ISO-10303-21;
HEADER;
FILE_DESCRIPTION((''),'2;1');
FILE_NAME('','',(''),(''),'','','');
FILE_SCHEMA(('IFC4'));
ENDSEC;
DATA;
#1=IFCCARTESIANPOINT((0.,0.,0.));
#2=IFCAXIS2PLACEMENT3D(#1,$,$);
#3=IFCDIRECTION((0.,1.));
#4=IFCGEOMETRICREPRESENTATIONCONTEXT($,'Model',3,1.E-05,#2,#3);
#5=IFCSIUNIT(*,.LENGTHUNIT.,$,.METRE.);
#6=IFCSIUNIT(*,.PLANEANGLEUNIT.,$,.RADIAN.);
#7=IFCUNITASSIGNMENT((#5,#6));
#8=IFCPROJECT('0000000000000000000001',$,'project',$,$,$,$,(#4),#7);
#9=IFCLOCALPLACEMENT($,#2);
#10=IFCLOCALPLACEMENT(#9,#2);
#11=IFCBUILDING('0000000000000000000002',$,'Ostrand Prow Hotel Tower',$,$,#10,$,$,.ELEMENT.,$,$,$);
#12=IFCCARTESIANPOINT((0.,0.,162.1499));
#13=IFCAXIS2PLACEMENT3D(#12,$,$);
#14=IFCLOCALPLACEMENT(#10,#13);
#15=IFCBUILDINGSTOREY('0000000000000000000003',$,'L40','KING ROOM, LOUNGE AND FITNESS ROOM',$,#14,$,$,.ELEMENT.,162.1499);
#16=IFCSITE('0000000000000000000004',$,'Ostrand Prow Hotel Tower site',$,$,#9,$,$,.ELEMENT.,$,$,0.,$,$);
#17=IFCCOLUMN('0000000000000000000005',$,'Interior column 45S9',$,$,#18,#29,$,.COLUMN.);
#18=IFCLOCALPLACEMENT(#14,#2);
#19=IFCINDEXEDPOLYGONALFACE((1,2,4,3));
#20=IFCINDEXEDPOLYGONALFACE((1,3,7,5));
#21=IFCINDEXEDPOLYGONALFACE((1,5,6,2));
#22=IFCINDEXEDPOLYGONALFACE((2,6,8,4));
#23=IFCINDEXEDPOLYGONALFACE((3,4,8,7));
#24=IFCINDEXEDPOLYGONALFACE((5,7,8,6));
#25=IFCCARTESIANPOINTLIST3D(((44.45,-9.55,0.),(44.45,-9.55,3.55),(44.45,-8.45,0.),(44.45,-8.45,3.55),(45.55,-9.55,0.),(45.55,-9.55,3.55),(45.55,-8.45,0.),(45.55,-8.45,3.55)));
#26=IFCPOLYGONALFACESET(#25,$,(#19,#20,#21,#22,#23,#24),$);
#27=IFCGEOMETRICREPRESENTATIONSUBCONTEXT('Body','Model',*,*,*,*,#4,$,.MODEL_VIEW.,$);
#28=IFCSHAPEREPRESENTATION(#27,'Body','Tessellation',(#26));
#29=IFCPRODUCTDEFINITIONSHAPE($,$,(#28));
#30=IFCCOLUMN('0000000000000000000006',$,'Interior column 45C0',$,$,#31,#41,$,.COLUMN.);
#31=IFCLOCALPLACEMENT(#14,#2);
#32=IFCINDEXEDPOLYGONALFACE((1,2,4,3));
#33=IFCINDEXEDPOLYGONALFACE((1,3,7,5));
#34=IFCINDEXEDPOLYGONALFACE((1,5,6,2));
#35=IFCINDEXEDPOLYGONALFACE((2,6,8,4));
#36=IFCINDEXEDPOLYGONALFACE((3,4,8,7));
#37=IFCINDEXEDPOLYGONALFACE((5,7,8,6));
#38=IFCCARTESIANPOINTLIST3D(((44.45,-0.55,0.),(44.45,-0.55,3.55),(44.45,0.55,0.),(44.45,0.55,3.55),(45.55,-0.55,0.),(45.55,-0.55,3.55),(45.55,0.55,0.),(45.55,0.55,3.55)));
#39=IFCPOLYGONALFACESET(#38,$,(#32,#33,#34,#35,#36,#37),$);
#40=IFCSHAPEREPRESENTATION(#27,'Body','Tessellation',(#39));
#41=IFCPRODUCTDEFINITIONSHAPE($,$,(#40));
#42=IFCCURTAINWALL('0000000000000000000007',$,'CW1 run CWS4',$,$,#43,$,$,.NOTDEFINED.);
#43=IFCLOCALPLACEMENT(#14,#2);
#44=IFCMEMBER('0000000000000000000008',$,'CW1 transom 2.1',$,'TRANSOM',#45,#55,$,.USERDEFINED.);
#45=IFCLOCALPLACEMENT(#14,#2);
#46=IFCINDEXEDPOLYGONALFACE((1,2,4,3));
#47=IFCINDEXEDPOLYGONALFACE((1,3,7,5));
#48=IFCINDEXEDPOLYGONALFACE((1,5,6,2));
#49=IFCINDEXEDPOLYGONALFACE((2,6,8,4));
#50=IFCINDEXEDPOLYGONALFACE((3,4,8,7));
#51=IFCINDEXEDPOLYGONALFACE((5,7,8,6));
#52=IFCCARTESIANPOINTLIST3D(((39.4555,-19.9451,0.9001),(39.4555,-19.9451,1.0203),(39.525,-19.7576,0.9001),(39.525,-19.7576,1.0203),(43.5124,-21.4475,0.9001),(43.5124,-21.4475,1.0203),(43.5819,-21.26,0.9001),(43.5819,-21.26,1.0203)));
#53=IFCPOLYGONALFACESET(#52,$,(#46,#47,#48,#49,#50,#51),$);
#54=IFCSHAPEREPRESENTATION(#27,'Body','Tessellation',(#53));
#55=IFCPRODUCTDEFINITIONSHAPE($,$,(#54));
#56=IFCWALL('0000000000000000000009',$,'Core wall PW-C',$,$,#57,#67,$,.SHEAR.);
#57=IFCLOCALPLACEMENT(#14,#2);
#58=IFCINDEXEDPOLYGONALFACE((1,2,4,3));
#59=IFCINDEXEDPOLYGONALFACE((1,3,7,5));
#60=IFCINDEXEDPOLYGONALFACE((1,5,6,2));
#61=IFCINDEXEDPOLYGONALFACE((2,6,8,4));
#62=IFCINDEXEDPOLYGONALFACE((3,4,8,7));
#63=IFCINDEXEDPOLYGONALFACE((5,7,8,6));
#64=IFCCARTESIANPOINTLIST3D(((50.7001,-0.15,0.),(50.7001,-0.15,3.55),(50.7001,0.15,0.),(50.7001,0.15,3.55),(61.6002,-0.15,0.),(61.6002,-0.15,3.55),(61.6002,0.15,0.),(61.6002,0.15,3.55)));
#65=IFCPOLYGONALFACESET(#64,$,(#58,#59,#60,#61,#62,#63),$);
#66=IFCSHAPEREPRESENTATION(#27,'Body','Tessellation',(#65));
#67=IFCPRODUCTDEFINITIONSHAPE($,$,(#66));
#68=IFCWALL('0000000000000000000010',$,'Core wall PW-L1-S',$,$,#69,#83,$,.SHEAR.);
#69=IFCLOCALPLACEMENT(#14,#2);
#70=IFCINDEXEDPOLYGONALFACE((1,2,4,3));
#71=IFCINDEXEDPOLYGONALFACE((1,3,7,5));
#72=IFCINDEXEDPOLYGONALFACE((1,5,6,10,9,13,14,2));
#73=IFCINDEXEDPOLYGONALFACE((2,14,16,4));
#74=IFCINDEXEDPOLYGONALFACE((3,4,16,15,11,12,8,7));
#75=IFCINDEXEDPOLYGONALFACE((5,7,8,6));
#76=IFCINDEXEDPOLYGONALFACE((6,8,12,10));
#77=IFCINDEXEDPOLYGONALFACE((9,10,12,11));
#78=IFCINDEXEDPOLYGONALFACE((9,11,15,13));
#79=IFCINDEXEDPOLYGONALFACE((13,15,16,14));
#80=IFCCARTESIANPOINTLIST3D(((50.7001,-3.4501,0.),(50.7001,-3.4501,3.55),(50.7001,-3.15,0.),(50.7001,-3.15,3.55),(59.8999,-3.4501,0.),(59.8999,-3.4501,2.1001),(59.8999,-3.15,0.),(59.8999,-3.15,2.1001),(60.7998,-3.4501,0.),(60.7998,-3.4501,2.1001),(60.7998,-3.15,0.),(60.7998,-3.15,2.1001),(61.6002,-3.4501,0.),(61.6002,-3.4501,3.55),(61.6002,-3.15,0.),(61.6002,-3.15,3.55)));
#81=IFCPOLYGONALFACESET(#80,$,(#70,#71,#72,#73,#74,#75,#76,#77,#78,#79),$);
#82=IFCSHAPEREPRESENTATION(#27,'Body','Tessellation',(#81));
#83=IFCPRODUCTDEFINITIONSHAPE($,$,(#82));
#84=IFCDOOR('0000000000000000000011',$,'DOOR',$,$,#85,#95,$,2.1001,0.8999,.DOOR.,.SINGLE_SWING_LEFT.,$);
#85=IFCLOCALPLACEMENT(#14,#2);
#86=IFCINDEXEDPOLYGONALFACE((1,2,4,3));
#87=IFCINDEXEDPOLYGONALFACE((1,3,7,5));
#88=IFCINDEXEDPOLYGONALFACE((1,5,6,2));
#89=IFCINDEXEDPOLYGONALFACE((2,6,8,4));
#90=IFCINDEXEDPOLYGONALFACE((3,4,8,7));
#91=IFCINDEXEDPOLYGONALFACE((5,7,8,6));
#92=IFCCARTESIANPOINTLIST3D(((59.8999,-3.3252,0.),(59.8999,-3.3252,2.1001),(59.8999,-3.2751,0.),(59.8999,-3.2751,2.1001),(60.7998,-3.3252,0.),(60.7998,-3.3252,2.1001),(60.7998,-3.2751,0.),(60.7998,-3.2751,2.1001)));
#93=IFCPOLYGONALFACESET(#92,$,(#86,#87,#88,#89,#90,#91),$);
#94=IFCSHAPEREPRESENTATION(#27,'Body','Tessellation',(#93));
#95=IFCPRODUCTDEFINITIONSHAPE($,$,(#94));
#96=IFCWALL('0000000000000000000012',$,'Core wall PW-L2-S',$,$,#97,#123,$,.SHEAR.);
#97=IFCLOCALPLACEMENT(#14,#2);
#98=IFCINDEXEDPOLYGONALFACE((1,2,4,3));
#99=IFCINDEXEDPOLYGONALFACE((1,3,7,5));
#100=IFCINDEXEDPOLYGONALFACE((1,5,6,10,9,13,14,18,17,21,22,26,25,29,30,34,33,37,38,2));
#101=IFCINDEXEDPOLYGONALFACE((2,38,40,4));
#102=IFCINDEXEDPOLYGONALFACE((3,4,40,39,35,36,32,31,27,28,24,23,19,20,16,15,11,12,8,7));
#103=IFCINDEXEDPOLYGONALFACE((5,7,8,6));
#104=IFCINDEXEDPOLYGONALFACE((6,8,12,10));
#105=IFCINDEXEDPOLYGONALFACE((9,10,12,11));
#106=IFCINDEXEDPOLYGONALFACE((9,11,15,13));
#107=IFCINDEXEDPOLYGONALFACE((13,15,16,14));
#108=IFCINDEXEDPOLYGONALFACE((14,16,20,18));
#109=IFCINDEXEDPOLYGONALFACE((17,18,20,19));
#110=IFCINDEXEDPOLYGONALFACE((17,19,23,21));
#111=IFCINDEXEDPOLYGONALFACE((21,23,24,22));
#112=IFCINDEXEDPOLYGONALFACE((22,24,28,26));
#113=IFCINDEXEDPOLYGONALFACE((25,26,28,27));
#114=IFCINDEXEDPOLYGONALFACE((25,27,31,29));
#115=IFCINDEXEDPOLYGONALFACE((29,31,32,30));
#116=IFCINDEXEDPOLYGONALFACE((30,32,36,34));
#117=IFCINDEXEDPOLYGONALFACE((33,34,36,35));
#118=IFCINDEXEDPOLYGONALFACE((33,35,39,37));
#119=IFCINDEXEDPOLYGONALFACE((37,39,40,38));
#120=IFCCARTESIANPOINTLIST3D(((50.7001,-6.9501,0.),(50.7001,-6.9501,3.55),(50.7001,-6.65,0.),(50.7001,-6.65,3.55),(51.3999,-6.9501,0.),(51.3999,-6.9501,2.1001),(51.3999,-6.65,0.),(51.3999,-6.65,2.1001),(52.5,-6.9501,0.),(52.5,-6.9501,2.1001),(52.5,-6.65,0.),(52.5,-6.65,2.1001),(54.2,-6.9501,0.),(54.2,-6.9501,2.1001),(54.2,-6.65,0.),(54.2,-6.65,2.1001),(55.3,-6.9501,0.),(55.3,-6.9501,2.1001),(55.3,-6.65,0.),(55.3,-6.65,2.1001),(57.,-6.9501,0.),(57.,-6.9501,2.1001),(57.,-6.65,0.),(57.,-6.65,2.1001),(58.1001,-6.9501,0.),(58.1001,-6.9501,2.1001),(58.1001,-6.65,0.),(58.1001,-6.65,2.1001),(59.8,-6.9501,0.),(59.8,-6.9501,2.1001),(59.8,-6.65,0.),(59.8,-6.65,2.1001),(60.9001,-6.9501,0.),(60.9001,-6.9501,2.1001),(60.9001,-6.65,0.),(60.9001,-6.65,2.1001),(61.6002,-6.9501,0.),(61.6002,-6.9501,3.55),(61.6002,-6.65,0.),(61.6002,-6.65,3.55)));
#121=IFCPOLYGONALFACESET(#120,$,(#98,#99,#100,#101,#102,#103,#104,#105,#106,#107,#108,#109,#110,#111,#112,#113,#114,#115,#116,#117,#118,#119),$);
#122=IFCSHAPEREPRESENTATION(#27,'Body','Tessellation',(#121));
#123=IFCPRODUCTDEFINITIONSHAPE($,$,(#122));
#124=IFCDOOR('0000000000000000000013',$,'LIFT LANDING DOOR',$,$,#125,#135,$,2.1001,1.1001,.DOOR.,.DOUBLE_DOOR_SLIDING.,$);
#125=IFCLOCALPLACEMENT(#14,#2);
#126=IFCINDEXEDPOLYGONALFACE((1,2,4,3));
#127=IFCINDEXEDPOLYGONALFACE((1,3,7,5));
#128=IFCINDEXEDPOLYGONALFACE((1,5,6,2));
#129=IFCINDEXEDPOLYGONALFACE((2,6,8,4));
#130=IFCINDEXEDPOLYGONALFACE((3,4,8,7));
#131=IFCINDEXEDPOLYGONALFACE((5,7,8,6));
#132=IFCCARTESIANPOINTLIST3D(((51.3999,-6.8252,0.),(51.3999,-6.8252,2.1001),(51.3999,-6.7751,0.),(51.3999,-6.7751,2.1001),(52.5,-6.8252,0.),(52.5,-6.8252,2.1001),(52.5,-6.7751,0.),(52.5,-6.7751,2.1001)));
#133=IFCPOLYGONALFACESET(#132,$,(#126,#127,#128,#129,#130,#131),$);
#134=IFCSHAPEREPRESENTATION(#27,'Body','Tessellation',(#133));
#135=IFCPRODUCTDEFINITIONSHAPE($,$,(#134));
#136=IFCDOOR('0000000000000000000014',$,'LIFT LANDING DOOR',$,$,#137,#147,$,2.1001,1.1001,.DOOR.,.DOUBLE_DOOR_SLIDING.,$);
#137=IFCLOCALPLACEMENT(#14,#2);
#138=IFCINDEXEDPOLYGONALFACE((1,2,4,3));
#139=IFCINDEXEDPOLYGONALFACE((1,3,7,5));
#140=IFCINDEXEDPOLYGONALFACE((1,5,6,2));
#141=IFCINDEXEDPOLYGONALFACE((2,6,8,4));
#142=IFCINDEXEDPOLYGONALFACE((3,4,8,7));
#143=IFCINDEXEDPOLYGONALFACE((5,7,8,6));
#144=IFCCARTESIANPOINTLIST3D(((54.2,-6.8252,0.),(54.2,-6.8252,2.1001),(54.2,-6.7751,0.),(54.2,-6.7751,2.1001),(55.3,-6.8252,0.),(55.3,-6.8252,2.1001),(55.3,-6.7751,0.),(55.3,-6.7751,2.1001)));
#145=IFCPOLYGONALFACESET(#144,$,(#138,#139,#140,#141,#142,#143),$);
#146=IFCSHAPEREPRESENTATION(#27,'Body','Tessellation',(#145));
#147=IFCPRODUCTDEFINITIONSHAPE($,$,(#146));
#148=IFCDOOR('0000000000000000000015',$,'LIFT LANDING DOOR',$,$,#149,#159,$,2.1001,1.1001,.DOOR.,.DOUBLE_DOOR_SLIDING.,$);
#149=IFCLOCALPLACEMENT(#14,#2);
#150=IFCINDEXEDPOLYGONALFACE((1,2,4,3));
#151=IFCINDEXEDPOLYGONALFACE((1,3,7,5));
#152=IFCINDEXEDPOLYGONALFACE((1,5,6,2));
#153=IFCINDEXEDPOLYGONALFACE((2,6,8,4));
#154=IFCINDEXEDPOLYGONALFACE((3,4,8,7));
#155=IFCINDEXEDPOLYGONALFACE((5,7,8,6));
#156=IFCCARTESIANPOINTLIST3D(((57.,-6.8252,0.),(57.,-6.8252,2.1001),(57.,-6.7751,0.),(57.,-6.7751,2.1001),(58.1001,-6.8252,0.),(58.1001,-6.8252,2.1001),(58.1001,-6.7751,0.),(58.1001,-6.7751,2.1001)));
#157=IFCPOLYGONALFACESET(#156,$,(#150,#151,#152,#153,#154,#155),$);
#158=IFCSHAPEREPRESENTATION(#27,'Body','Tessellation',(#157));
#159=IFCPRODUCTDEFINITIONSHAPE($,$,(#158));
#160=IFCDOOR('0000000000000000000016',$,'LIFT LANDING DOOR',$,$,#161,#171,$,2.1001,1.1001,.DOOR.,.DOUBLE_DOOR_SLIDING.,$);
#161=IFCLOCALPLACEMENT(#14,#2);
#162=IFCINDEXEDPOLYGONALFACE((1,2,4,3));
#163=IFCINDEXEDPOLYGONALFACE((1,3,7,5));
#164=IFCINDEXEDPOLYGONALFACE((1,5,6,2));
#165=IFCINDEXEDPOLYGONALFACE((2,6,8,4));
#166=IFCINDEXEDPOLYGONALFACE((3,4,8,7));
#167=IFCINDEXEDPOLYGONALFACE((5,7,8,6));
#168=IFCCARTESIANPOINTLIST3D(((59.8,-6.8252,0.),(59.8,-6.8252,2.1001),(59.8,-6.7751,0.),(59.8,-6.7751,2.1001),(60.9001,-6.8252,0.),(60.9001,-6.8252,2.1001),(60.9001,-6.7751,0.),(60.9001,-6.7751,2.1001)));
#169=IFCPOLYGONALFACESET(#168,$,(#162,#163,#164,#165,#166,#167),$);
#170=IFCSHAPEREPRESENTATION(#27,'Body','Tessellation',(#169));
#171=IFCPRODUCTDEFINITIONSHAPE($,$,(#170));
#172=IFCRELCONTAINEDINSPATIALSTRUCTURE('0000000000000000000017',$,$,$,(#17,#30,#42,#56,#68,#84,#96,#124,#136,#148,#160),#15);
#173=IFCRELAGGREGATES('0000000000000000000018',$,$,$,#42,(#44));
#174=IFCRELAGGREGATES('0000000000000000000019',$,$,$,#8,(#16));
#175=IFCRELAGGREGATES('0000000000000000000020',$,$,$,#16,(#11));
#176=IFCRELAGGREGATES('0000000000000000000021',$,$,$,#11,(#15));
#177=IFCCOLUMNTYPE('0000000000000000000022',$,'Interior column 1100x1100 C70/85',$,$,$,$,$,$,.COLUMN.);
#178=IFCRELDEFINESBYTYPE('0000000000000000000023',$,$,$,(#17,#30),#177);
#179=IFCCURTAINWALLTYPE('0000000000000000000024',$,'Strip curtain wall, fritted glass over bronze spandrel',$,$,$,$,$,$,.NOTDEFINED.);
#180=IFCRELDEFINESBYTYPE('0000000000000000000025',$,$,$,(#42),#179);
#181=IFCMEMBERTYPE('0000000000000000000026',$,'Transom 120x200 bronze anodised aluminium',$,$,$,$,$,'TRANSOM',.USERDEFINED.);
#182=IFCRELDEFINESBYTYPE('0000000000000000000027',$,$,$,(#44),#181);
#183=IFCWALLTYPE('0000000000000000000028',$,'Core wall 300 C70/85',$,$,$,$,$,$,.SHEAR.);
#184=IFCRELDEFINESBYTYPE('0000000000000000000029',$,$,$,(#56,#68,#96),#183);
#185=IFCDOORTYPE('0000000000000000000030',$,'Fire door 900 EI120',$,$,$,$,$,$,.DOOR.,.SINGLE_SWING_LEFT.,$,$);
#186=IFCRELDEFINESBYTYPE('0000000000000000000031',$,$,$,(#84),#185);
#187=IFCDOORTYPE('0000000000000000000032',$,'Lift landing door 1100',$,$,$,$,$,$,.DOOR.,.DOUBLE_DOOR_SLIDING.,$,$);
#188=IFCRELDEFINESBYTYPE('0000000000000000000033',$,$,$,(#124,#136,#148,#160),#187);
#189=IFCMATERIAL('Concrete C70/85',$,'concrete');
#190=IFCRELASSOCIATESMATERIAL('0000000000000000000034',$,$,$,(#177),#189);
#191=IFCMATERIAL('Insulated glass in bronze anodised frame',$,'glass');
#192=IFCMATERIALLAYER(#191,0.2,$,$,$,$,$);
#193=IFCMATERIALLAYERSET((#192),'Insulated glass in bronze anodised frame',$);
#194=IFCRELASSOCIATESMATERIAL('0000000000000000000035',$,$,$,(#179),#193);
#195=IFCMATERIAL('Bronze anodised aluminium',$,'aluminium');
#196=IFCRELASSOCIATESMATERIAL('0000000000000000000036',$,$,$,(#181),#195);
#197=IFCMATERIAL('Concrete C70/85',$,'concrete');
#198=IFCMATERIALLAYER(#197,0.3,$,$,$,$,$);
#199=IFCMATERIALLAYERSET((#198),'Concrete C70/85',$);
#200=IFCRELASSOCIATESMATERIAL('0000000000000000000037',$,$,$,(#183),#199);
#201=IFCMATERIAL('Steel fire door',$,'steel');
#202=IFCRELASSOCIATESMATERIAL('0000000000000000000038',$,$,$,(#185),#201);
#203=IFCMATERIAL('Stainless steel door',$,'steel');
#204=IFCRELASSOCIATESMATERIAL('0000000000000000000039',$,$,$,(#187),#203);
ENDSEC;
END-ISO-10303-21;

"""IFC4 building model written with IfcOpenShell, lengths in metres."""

from ifc_helpers import new_model, si_unit, direction, frame, frame_2d, origin, origin_2d, place, context, subcontext, project, spatial, rectangle, extrude, material, layer, layer_set, material_profile, profile_set, type_object, element, fill, aggregate, save


model = new_model("IFC4")

# Units and contexts
model_context = context("Model", 3, precision=1e-05, world=origin(), true_north=direction((0.0, 1.0)))
body_context = subcontext(model_context, "Body", "Model", "MODEL_VIEW")
ifc_project = project(units=[si_unit("LENGTHUNIT", "METRE"), si_unit("PLANEANGLEUNIT", "RADIAN")], contexts=[model_context])

# Site, building, storey
site_placement = place(None, origin())
site = spatial("IfcSite", under=ifc_project, at=site_placement, Name="Ostrand Prow Hotel Tower site", CompositionType="ELEMENT", RefElevation=0.0)
building_placement = place(site_placement, origin())
building = spatial("IfcBuilding", under=site, at=building_placement, Name="Ostrand Prow Hotel Tower", CompositionType="ELEMENT")
storey_placement = place(building_placement, frame((0.0, 0.0, 162.1499)))
storey = spatial("IfcBuildingStorey", under=building, at=storey_placement, Name="L40", Description="KING ROOM, LOUNGE AND FITNESS ROOM", CompositionType="ELEMENT", Elevation=162.1499)

# Columns
ifc_material_1 = material(Name="Concrete C70/85", Category="concrete")
ifc_material_profile_1 = material_profile(ifc_material_1, rectangle(XDim=1.1001, YDim=1.1001, at=origin_2d()), Name="RC 1100x1100")
ifc_profile_set_1 = profile_set([ifc_material_profile_1], Name="Concrete C70/85")
column_type = type_object("IfcColumnType", Name="Interior column 1100x1100 C70/85", PredefinedType="COLUMN", material=ifc_profile_set_1)
for number, where, z_axis, x_axis, name in (
    (1, (45.0, -9.0, 0.0), (0.0, 0.0, 1.0), (1.0, 0.0, 0.0), "Interior column 45S9"),
    (2, (45.0, 0.0, 0.0), (0.0, 0.0, 1.0), (1.0, 0.0, 0.0), "Interior column 45C0"),
):
    element("IfcColumn", number, at=place(storey_placement, frame(where, z_axis=z_axis, x_axis=x_axis)), inside=storey, type_object=column_type, Name=name, PredefinedType="COLUMN", context=body_context, shape_type="SweptSolid", body=[
        extrude(rectangle(XDim=1.1001, YDim=1.1001, at=origin_2d()), origin(), (0.0, 0.0, 1.0), 3.55),
    ])

# Curtain wall, member
ifc_material_2 = material(Name="Insulated glass in bronze anodised frame", Category="glass")
ifc_layer_1 = layer(ifc_material_2, 0.2)
ifc_layer_set_1 = layer_set([ifc_layer_1], Name="Insulated glass in bronze anodised frame")
curtain_wall_type = type_object("IfcCurtainWallType", Name="Strip curtain wall, fritted glass over bronze spandrel", PredefinedType="NOTDEFINED", material=ifc_layer_set_1)
curtain_wall_placement = place(storey_placement, origin())
curtain_wall = element("IfcCurtainWall", 3, at=curtain_wall_placement, inside=storey, type_object=curtain_wall_type, Name="CW1 run CWS4", PredefinedType="NOTDEFINED")
ifc_material_3 = material(Name="Bronze anodised aluminium", Category="aluminium")
ifc_material_profile_2 = material_profile(ifc_material_3, rectangle(XDim=0.2, YDim=0.1201, at=origin_2d()), Name="Transom 120x200 bronze anodised aluminium")
ifc_profile_set_2 = profile_set([ifc_material_profile_2], Name="Bronze anodised aluminium")
member_type = type_object("IfcMemberType", Name="Transom 120x200 bronze anodised aluminium", ElementType="TRANSOM", PredefinedType="USERDEFINED", material=ifc_profile_set_2)
member_placement = place(storey_placement, frame((39.4902, -19.8513, 0.9602), z_axis=(0.937757, -0.347292, 0.0), x_axis=(0.347292, 0.937757, 0.0)))
member = element("IfcMember", 4, at=member_placement, type_object=member_type, Name="CW1 transom 2.1", ObjectType="TRANSOM", PredefinedType="USERDEFINED", context=body_context, shape_type="SweptSolid", body=[
    extrude(rectangle(XDim=0.2, YDim=0.1201, at=origin_2d()), origin(), (0.0, 0.0, 1.0), 4.3262),
])
aggregate(curtain_wall, [member])

# Wall
ifc_material_4 = material(Name="Concrete C70/85", Category="concrete")
ifc_layer_2 = layer(ifc_material_4, 0.3)
ifc_layer_set_2 = layer_set([ifc_layer_2], Name="Concrete C70/85")
wall_type_1 = type_object("IfcWallType", Name="Core wall 300 C70/85", PredefinedType="SHEAR", material=ifc_layer_set_2)
wall_1_placement = place(storey_placement, frame((50.7, 0.0, 0.0), z_axis=(0.0, 0.0, 1.0), x_axis=(1.0, 0.0, 0.0)))
element("IfcWall", 5, at=wall_1_placement, inside=storey, type_object=wall_type_1, Name="Core wall PW-C", PredefinedType="SHEAR", context=body_context, shape_type="SweptSolid", body=[
    extrude(rectangle(XDim=10.9001, YDim=0.3, at=frame_2d((5.4502, 0.0))), origin(), (0.0, 0.0, 1.0), 3.55),
])

# Wall, opening, door
wall_2_placement = place(storey_placement, frame((50.7, -3.3, 0.0), z_axis=(0.0, 0.0, 1.0), x_axis=(1.0, 0.0, 0.0)))
wall_2 = element("IfcWall", 6, at=wall_2_placement, inside=storey, type_object=wall_type_1, Name="Core wall PW-L1-S", PredefinedType="SHEAR", context=body_context, shape_type="SweptSolid", body=[
    extrude(rectangle(XDim=10.9001, YDim=0.3, at=frame_2d((5.4502, 0.0))), origin(), (0.0, 0.0, 1.0), 3.55),
])
opening_1_placement = place(wall_2_placement, frame((9.2, 0.0, 0.0)))
opening_1 = element("IfcOpeningElement", 7, at=opening_1_placement, cuts=wall_2, PredefinedType="OPENING", context=body_context, shape_type="SweptSolid", body=[
    extrude(rectangle(XDim=0.8999, YDim=2.1001, at=frame_2d((0.45, 1.05))), frame((0.0, 0.1599, 0.0), z_axis=(0.0, -1.0, 0.0), x_axis=(1.0, 0.0, 0.0)), (0.0, 0.0, 1.0), 0.3201),
])
ifc_material_5 = material(Name="Steel fire door", Category="steel")
door_type_1 = type_object("IfcDoorType", Name="Fire door 900 EI120", OperationType="SINGLE_SWING_LEFT", PredefinedType="DOOR", material=ifc_material_5)
door_1_placement = place(opening_1_placement, origin())
door_1 = element("IfcDoor", 8, at=door_1_placement, inside=storey, type_object=door_type_1, Name="DOOR", OperationType="SINGLE_SWING_LEFT", OverallHeight=2.1001, OverallWidth=0.8999, PredefinedType="DOOR", context=body_context, shape_type="SweptSolid", body=[
    extrude(rectangle(XDim=0.8999, YDim=2.1001, at=frame_2d((0.45, 1.05))), frame((0.0, 0.0249, 0.0), z_axis=(0.0, -1.0, 0.0), x_axis=(1.0, 0.0, 0.0)), (0.0, 0.0, 1.0), 0.05),
])
fill(opening_1, door_1)

# Wall, openings, doors
wall_3_placement = place(storey_placement, frame((50.7, -6.8, 0.0), z_axis=(0.0, 0.0, 1.0), x_axis=(1.0, 0.0, 0.0)))
wall_3 = element("IfcWall", 9, at=wall_3_placement, inside=storey, type_object=wall_type_1, Name="Core wall PW-L2-S", PredefinedType="SHEAR", context=body_context, shape_type="SweptSolid", body=[
    extrude(rectangle(XDim=10.9001, YDim=0.3, at=frame_2d((5.4502, 0.0))), origin(), (0.0, 0.0, 1.0), 3.55),
])
opening_2_placement = place(wall_3_placement, frame((0.7, 0.0, 0.0)))
opening_2 = element("IfcOpeningElement", 10, at=opening_2_placement, cuts=wall_3, PredefinedType="OPENING", context=body_context, shape_type="SweptSolid", body=[
    extrude(rectangle(XDim=1.1001, YDim=2.1001, at=frame_2d((0.55, 1.05))), frame((0.0, 0.1599, 0.0), z_axis=(0.0, -1.0, 0.0), x_axis=(1.0, 0.0, 0.0)), (0.0, 0.0, 1.0), 0.3201),
])
opening_3_placement = place(wall_3_placement, frame((3.5, 0.0, 0.0)))
opening_3 = element("IfcOpeningElement", 11, at=opening_3_placement, cuts=wall_3, PredefinedType="OPENING", context=body_context, shape_type="SweptSolid", body=[
    extrude(rectangle(XDim=1.1001, YDim=2.1001, at=frame_2d((0.55, 1.05))), frame((0.0, 0.1599, 0.0), z_axis=(0.0, -1.0, 0.0), x_axis=(1.0, 0.0, 0.0)), (0.0, 0.0, 1.0), 0.3201),
])
opening_4_placement = place(wall_3_placement, frame((6.3, 0.0, 0.0)))
opening_4 = element("IfcOpeningElement", 12, at=opening_4_placement, cuts=wall_3, PredefinedType="OPENING", context=body_context, shape_type="SweptSolid", body=[
    extrude(rectangle(XDim=1.1001, YDim=2.1001, at=frame_2d((0.55, 1.05))), frame((0.0, 0.1599, 0.0), z_axis=(0.0, -1.0, 0.0), x_axis=(1.0, 0.0, 0.0)), (0.0, 0.0, 1.0), 0.3201),
])
opening_5_placement = place(wall_3_placement, frame((9.1001, 0.0, 0.0)))
opening_5 = element("IfcOpeningElement", 13, at=opening_5_placement, cuts=wall_3, PredefinedType="OPENING", context=body_context, shape_type="SweptSolid", body=[
    extrude(rectangle(XDim=1.1001, YDim=2.1001, at=frame_2d((0.55, 1.05))), frame((0.0, 0.1599, 0.0), z_axis=(0.0, -1.0, 0.0), x_axis=(1.0, 0.0, 0.0)), (0.0, 0.0, 1.0), 0.3201),
])
ifc_material_6 = material(Name="Stainless steel door", Category="steel")
door_type_2 = type_object("IfcDoorType", Name="Lift landing door 1100", OperationType="DOUBLE_DOOR_SLIDING", PredefinedType="DOOR", material=ifc_material_6)
door_2_placement = place(opening_2_placement, origin())
door_2 = element("IfcDoor", 14, at=door_2_placement, inside=storey, type_object=door_type_2, Name="LIFT LANDING DOOR", OperationType="DOUBLE_DOOR_SLIDING", OverallHeight=2.1001, OverallWidth=1.1001, PredefinedType="DOOR", context=body_context, shape_type="SweptSolid", body=[
    extrude(rectangle(XDim=1.1001, YDim=2.1001, at=frame_2d((0.55, 1.05))), frame((0.0, 0.0249, 0.0), z_axis=(0.0, -1.0, 0.0), x_axis=(1.0, 0.0, 0.0)), (0.0, 0.0, 1.0), 0.05),
])
fill(opening_2, door_2)
door_3_placement = place(opening_3_placement, origin())
door_3 = element("IfcDoor", 15, at=door_3_placement, inside=storey, type_object=door_type_2, Name="LIFT LANDING DOOR", OperationType="DOUBLE_DOOR_SLIDING", OverallHeight=2.1001, OverallWidth=1.1001, PredefinedType="DOOR", context=body_context, shape_type="SweptSolid", body=[
    extrude(rectangle(XDim=1.1001, YDim=2.1001, at=frame_2d((0.55, 1.05))), frame((0.0, 0.0249, 0.0), z_axis=(0.0, -1.0, 0.0), x_axis=(1.0, 0.0, 0.0)), (0.0, 0.0, 1.0), 0.05),
])
fill(opening_3, door_3)
door_4_placement = place(opening_4_placement, origin())
door_4 = element("IfcDoor", 16, at=door_4_placement, inside=storey, type_object=door_type_2, Name="LIFT LANDING DOOR", OperationType="DOUBLE_DOOR_SLIDING", OverallHeight=2.1001, OverallWidth=1.1001, PredefinedType="DOOR", context=body_context, shape_type="SweptSolid", body=[
    extrude(rectangle(XDim=1.1001, YDim=2.1001, at=frame_2d((0.55, 1.05))), frame((0.0, 0.0249, 0.0), z_axis=(0.0, -1.0, 0.0), x_axis=(1.0, 0.0, 0.0)), (0.0, 0.0, 1.0), 0.05),
])
fill(opening_4, door_4)
door_5_placement = place(opening_5_placement, origin())
door_5 = element("IfcDoor", 17, at=door_5_placement, inside=storey, type_object=door_type_2, Name="LIFT LANDING DOOR", OperationType="DOUBLE_DOOR_SLIDING", OverallHeight=2.1001, OverallWidth=1.1001, PredefinedType="DOOR", context=body_context, shape_type="SweptSolid", body=[
    extrude(rectangle(XDim=1.1001, YDim=2.1001, at=frame_2d((0.55, 1.05))), frame((0.0, 0.0249, 0.0), z_axis=(0.0, -1.0, 0.0), x_axis=(1.0, 0.0, 0.0)), (0.0, 0.0, 1.0), 0.05),
])
fill(opening_5, door_5)

save(model, "model.ifc")
